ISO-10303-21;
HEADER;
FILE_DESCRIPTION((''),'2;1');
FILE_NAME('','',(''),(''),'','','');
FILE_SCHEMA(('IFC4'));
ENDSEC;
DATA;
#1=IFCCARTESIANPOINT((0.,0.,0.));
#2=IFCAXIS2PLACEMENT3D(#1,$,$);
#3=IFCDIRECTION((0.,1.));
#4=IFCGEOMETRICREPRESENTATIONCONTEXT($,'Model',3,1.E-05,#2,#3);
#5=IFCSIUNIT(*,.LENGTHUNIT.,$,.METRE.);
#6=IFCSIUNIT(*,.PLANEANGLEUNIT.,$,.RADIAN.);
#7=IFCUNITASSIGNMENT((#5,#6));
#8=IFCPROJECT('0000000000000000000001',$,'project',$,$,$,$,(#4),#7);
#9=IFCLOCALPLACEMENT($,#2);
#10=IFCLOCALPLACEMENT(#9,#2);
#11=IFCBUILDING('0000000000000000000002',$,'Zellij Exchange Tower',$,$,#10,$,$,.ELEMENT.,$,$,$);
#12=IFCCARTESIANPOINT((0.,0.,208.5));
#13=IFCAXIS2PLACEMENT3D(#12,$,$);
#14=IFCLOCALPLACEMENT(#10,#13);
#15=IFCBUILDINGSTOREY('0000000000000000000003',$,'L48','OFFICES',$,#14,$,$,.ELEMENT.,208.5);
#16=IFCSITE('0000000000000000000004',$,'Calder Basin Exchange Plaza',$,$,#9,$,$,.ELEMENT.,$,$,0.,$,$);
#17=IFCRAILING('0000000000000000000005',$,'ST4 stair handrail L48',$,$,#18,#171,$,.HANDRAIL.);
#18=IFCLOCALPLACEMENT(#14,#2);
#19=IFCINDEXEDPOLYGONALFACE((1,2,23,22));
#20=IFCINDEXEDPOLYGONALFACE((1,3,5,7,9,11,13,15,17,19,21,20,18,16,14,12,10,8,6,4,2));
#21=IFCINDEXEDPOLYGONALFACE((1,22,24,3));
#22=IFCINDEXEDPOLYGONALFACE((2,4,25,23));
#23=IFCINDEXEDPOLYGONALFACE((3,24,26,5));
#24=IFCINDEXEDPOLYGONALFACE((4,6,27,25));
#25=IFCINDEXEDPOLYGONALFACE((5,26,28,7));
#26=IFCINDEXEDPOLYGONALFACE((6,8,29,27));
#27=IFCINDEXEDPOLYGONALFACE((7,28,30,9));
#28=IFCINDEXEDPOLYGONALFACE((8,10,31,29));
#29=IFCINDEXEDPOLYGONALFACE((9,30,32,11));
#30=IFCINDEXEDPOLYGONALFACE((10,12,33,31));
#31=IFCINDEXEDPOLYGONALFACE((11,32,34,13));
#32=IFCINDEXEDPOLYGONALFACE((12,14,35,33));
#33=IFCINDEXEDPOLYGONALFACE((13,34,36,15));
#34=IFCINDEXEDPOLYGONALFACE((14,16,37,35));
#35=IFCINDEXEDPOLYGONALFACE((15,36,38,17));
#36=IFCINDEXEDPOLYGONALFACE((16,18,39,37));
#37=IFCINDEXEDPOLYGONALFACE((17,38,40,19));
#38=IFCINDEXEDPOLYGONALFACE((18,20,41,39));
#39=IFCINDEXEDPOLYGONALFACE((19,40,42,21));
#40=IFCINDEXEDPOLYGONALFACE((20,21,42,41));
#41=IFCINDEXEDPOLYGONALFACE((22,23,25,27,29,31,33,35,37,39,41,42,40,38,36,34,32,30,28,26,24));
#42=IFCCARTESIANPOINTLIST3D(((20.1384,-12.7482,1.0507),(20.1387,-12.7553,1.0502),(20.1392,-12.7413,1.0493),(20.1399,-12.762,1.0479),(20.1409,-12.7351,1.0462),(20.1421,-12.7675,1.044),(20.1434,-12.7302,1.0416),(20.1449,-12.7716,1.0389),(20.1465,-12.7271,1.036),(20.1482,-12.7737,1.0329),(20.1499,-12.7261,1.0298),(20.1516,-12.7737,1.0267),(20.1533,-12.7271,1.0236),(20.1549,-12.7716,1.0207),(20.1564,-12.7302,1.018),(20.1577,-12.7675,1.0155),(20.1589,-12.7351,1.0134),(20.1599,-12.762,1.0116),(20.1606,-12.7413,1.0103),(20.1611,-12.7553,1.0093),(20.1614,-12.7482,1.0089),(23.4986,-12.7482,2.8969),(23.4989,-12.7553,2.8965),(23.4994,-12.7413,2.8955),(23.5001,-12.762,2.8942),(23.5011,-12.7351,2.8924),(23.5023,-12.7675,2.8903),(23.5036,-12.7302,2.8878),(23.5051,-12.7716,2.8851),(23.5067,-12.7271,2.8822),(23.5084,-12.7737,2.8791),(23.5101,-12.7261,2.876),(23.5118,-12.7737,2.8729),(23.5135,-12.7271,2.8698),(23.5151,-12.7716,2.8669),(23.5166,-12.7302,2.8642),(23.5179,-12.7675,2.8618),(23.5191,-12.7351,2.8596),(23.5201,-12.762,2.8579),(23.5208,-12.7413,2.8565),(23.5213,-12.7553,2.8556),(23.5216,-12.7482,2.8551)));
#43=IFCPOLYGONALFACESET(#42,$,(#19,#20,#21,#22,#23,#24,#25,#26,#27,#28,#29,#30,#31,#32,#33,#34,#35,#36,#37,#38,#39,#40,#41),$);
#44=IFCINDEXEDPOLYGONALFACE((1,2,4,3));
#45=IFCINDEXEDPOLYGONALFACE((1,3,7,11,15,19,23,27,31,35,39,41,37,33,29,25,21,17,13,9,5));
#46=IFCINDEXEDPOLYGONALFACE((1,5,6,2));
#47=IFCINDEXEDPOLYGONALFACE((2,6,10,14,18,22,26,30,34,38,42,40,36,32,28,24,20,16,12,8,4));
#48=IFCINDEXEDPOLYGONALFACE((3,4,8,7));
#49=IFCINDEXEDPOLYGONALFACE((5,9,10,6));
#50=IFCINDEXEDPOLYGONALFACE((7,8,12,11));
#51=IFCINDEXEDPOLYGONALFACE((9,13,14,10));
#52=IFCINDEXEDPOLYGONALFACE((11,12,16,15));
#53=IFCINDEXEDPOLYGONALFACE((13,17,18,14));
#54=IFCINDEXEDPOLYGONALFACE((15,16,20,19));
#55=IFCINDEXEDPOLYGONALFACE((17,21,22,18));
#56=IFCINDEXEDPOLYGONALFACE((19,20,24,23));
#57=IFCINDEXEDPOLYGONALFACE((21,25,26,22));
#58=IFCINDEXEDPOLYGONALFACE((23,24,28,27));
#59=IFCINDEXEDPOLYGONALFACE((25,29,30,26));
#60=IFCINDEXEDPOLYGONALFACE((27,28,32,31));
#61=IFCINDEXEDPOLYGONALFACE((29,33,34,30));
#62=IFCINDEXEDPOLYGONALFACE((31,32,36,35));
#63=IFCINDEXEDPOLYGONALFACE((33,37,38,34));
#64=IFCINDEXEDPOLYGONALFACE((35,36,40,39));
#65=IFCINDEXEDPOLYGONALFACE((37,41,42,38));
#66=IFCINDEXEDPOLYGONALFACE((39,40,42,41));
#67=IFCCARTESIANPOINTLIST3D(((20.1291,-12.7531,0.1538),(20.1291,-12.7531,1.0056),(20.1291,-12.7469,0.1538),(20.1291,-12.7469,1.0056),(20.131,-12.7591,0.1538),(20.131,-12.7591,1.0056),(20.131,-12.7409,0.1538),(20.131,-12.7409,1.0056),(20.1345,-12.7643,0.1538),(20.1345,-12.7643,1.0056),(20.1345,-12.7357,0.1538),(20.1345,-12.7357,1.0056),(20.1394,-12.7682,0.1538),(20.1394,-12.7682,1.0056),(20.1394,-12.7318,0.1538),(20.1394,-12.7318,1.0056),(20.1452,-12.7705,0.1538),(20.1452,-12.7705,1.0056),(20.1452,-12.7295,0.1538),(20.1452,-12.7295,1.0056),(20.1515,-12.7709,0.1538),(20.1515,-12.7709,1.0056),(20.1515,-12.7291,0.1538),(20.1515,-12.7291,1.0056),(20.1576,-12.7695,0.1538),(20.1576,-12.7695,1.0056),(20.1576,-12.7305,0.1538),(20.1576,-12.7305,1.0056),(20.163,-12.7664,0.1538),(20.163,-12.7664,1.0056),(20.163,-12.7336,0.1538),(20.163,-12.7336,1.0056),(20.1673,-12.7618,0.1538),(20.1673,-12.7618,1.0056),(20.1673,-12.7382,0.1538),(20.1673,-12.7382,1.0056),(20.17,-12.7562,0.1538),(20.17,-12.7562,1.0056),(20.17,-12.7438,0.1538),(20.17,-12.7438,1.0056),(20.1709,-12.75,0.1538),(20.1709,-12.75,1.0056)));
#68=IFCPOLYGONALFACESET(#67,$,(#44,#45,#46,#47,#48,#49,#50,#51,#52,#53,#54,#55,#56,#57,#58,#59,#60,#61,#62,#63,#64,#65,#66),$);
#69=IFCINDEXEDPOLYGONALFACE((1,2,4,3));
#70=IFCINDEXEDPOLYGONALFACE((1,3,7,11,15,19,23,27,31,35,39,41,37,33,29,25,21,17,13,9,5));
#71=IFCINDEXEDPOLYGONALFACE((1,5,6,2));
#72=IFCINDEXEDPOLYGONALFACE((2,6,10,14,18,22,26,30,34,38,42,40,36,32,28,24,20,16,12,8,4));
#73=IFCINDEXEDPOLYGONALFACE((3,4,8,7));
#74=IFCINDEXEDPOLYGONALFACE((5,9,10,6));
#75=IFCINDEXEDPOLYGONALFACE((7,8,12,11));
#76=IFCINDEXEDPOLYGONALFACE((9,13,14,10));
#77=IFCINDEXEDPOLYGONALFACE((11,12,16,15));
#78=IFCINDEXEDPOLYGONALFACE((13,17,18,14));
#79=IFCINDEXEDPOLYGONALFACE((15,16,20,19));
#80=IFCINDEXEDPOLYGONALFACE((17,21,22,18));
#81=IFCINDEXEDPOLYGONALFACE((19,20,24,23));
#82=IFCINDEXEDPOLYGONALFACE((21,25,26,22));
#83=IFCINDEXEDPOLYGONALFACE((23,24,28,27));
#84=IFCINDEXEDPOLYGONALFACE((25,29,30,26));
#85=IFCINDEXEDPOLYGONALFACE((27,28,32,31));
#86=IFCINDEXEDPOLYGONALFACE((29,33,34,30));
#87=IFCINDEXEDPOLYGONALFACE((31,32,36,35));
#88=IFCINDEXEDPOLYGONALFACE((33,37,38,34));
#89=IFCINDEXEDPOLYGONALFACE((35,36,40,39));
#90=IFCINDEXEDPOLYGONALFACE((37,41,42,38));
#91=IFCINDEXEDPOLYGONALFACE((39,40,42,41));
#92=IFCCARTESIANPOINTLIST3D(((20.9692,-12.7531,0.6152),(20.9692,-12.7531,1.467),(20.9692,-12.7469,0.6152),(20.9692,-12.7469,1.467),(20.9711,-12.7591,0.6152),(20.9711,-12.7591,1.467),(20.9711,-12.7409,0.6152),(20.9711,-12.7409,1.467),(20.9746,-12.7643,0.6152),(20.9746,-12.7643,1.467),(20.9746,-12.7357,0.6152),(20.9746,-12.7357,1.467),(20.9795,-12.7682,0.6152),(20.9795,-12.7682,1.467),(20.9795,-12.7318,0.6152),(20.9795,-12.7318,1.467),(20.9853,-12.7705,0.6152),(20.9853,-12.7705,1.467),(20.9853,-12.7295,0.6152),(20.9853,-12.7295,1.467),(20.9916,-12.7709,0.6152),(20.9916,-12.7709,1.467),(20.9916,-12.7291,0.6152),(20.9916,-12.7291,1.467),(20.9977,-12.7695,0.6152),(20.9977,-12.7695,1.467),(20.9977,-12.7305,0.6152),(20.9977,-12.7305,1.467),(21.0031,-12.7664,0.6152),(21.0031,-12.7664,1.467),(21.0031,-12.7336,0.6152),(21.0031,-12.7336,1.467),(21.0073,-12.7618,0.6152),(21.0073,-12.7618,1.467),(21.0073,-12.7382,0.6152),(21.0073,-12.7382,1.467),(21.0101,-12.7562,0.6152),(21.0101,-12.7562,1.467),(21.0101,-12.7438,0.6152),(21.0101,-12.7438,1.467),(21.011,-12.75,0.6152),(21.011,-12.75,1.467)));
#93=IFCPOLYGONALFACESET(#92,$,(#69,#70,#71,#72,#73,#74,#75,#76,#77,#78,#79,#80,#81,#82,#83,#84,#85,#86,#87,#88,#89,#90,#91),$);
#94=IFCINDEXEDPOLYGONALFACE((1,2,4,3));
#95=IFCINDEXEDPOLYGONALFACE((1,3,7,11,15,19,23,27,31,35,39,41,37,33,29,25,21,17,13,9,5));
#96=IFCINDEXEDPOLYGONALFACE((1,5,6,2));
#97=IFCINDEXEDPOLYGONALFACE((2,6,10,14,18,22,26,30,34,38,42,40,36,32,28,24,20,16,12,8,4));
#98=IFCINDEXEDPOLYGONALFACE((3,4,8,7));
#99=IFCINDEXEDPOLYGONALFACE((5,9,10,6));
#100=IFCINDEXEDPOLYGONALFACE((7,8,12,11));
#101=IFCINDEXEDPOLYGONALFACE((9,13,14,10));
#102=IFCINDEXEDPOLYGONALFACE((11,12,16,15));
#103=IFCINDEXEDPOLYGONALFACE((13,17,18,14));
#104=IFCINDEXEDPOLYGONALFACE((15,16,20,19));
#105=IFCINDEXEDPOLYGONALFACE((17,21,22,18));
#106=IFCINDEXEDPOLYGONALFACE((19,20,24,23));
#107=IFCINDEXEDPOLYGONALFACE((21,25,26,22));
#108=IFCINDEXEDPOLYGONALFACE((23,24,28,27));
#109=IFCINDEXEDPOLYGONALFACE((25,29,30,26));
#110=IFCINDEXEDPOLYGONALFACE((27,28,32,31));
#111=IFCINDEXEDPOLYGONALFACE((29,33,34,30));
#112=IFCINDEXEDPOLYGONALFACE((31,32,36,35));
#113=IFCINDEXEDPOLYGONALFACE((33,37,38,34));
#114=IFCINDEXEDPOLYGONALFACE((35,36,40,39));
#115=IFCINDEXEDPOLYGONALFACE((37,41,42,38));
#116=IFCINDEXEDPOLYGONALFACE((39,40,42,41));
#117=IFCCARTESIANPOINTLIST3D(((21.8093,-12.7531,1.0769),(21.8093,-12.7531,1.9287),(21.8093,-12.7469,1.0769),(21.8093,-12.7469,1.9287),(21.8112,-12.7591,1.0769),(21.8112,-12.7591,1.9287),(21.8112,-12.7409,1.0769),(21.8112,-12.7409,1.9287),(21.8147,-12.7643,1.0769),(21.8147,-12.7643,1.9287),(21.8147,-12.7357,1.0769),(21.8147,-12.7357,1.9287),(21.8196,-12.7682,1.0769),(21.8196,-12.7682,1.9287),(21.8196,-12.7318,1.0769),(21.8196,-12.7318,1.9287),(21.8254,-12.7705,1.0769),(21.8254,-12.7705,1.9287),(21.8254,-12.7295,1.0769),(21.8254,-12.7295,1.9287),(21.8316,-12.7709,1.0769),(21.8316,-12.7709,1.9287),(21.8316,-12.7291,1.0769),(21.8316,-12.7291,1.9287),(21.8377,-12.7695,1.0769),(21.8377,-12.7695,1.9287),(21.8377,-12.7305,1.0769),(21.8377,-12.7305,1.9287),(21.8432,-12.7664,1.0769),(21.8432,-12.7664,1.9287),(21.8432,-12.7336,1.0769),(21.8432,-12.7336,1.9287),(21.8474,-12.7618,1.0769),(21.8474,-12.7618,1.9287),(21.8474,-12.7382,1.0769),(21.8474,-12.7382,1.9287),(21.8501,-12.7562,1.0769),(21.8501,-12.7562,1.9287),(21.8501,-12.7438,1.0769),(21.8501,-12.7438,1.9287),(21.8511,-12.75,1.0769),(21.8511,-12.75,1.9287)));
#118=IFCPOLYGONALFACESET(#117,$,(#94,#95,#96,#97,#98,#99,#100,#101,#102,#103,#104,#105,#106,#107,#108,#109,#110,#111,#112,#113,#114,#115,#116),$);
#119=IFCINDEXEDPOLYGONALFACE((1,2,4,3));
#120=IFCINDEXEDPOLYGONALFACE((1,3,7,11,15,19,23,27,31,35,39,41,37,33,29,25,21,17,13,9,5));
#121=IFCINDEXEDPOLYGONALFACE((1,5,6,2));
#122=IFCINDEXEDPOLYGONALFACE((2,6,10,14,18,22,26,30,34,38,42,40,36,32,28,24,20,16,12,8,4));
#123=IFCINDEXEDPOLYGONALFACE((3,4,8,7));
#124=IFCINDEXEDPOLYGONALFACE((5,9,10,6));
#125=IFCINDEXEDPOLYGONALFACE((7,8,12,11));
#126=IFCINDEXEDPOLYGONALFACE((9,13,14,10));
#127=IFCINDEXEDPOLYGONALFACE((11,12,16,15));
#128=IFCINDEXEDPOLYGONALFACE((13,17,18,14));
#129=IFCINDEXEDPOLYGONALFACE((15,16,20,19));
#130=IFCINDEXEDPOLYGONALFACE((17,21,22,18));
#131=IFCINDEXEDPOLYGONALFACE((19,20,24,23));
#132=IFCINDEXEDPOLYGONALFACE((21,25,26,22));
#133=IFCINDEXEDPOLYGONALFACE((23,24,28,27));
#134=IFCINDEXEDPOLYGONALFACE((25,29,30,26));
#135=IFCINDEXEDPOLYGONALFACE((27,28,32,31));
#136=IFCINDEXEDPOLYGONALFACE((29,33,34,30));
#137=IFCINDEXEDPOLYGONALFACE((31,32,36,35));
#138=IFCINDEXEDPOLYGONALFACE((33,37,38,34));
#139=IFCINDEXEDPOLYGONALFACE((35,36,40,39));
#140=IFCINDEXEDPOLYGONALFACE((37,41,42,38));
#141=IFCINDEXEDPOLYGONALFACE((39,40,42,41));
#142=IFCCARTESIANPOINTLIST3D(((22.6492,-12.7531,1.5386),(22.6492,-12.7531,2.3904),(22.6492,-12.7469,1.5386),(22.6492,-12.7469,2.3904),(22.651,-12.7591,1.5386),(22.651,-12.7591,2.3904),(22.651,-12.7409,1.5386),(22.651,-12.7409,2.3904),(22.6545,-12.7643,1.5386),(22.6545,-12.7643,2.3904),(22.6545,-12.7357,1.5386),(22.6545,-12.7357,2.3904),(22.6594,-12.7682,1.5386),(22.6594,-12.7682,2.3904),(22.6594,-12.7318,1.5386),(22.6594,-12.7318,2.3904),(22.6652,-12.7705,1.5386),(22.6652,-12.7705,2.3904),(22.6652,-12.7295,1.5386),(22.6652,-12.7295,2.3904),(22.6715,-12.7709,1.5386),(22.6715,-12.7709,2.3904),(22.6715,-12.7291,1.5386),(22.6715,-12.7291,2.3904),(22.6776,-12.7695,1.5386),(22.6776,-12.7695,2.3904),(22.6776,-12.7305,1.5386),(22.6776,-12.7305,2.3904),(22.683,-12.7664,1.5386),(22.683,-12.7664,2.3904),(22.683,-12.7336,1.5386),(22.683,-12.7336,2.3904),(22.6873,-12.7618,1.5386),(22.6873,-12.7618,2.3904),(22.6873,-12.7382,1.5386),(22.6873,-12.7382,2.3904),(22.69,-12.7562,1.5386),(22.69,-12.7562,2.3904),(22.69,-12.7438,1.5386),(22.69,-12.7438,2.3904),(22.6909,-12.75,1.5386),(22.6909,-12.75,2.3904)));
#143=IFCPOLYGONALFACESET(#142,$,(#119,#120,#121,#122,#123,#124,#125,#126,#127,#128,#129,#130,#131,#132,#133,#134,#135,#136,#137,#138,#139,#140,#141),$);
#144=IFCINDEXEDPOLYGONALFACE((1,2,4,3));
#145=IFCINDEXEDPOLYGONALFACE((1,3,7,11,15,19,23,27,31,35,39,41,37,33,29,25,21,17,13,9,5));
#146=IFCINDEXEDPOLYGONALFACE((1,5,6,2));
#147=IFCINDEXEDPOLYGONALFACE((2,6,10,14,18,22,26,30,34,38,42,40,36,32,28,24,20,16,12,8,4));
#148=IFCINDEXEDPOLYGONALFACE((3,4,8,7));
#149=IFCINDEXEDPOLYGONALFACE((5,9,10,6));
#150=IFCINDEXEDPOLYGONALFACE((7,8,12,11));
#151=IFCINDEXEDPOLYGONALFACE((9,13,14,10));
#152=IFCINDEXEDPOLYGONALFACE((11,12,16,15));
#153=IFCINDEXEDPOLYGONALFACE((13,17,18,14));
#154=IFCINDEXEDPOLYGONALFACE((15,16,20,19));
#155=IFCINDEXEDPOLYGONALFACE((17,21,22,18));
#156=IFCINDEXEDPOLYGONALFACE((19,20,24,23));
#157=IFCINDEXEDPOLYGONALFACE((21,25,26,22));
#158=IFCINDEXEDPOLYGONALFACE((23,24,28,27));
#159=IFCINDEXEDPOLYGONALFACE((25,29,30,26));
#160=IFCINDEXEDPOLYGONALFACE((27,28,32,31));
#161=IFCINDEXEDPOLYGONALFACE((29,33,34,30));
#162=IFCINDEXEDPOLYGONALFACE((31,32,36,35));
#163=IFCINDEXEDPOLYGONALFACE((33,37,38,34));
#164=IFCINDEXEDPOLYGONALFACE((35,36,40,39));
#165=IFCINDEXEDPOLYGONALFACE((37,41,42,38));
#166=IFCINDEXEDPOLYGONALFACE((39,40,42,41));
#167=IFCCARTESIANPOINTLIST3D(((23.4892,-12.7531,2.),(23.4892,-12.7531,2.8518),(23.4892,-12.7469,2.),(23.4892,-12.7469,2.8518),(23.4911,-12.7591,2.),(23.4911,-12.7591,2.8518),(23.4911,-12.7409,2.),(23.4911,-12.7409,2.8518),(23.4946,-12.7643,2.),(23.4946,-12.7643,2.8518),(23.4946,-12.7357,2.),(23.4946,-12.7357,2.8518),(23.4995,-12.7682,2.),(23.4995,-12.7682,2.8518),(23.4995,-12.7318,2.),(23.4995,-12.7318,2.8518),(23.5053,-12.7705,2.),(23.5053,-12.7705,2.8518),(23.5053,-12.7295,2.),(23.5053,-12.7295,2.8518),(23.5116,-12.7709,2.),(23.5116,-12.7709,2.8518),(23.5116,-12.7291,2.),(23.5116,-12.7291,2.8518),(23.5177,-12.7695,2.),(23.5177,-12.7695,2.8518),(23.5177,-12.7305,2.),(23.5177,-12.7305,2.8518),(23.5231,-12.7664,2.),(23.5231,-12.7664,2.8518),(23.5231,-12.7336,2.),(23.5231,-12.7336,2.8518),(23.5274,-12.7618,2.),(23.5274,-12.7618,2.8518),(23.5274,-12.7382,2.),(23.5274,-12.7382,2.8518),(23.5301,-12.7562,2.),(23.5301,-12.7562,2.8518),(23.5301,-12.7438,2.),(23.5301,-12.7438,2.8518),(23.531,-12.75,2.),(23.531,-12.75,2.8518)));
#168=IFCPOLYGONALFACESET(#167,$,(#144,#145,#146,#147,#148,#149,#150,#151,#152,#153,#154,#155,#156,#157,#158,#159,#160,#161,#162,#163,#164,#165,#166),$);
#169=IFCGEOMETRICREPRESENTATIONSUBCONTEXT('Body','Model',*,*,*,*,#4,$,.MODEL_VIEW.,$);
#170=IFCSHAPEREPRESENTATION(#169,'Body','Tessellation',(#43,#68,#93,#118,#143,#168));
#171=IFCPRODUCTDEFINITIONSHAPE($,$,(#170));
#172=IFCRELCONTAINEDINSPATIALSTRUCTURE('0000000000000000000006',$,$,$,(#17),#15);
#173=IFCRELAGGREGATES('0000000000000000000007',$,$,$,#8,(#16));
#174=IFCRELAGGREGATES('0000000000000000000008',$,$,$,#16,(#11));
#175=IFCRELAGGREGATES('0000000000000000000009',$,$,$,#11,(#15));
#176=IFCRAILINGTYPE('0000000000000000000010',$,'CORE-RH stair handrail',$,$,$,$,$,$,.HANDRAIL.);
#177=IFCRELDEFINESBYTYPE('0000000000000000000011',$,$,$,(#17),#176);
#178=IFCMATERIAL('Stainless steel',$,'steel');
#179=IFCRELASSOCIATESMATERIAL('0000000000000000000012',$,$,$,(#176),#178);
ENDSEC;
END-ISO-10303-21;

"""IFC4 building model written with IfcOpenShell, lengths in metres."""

from ifc_helpers import new_model, si_unit, direction, frame, origin, origin_2d, place, context, subcontext, project, spatial, circle, extrude, material, type_object, element, save


model = new_model("IFC4")

# Units and contexts
model_context = context("Model", 3, precision=1e-05, world=origin(), true_north=direction((0.0, 1.0)))
body_context = subcontext(model_context, "Body", "Model", "MODEL_VIEW")
ifc_project = project(units=[si_unit("LENGTHUNIT", "METRE"), si_unit("PLANEANGLEUNIT", "RADIAN")], contexts=[model_context])

# Site, building, storey
site_placement = place(None, origin())
site = spatial("IfcSite", under=ifc_project, at=site_placement, Name="Calder Basin Exchange Plaza", CompositionType="ELEMENT", RefElevation=0.0)
building_placement = place(site_placement, origin())
building = spatial("IfcBuilding", under=site, at=building_placement, Name="Zellij Exchange Tower", CompositionType="ELEMENT")
storey_placement = place(building_placement, frame((0.0, 0.0, 208.5)))
storey = spatial("IfcBuildingStorey", under=building, at=storey_placement, Name="L48", Description="OFFICES", CompositionType="ELEMENT", Elevation=208.5)

# Railing
ifc_material_1 = material(Name="Stainless steel", Category="steel")
railing_type_1 = type_object("IfcRailingType", Name="CORE-RH stair handrail", PredefinedType="HANDRAIL", material=ifc_material_1)
railing_1_placement = place(storey_placement, frame((20.1499, -12.75, 0.1538)))
element("IfcRailing", 1, at=railing_1_placement, inside=storey, type_object=railing_type_1, Name="ST4 stair handrail L48", PredefinedType="HANDRAIL", context=body_context, shape_type="SweptSolid", body=[
    extrude(circle(Radius=0.0239, at=origin_2d()), frame((0.0, 0.0, 0.876), z_axis=(0.876422, 0.0, 0.481545), x_axis=(0.0, 1.0, 0.0)), (0.0, 0.0, 1.0), 3.834),
    extrude(circle(Radius=0.021, at=origin_2d()), origin(), (0.0, 0.0, 1.0), 0.8518),
    extrude(circle(Radius=0.021, at=origin_2d()), frame((0.8401, 0.0, 0.4614)), (0.0, 0.0, 1.0), 0.8518),
    extrude(circle(Radius=0.021, at=origin_2d()), frame((1.6802, 0.0, 0.9231)), (0.0, 0.0, 1.0), 0.8518),
    extrude(circle(Radius=0.021, at=origin_2d()), frame((2.52, 0.0, 1.3848)), (0.0, 0.0, 1.0), 0.8518),
    extrude(circle(Radius=0.021, at=origin_2d()), frame((3.3601, 0.0, 1.8462)), (0.0, 0.0, 1.0), 0.8518),
])

save(model, "model.ifc")
